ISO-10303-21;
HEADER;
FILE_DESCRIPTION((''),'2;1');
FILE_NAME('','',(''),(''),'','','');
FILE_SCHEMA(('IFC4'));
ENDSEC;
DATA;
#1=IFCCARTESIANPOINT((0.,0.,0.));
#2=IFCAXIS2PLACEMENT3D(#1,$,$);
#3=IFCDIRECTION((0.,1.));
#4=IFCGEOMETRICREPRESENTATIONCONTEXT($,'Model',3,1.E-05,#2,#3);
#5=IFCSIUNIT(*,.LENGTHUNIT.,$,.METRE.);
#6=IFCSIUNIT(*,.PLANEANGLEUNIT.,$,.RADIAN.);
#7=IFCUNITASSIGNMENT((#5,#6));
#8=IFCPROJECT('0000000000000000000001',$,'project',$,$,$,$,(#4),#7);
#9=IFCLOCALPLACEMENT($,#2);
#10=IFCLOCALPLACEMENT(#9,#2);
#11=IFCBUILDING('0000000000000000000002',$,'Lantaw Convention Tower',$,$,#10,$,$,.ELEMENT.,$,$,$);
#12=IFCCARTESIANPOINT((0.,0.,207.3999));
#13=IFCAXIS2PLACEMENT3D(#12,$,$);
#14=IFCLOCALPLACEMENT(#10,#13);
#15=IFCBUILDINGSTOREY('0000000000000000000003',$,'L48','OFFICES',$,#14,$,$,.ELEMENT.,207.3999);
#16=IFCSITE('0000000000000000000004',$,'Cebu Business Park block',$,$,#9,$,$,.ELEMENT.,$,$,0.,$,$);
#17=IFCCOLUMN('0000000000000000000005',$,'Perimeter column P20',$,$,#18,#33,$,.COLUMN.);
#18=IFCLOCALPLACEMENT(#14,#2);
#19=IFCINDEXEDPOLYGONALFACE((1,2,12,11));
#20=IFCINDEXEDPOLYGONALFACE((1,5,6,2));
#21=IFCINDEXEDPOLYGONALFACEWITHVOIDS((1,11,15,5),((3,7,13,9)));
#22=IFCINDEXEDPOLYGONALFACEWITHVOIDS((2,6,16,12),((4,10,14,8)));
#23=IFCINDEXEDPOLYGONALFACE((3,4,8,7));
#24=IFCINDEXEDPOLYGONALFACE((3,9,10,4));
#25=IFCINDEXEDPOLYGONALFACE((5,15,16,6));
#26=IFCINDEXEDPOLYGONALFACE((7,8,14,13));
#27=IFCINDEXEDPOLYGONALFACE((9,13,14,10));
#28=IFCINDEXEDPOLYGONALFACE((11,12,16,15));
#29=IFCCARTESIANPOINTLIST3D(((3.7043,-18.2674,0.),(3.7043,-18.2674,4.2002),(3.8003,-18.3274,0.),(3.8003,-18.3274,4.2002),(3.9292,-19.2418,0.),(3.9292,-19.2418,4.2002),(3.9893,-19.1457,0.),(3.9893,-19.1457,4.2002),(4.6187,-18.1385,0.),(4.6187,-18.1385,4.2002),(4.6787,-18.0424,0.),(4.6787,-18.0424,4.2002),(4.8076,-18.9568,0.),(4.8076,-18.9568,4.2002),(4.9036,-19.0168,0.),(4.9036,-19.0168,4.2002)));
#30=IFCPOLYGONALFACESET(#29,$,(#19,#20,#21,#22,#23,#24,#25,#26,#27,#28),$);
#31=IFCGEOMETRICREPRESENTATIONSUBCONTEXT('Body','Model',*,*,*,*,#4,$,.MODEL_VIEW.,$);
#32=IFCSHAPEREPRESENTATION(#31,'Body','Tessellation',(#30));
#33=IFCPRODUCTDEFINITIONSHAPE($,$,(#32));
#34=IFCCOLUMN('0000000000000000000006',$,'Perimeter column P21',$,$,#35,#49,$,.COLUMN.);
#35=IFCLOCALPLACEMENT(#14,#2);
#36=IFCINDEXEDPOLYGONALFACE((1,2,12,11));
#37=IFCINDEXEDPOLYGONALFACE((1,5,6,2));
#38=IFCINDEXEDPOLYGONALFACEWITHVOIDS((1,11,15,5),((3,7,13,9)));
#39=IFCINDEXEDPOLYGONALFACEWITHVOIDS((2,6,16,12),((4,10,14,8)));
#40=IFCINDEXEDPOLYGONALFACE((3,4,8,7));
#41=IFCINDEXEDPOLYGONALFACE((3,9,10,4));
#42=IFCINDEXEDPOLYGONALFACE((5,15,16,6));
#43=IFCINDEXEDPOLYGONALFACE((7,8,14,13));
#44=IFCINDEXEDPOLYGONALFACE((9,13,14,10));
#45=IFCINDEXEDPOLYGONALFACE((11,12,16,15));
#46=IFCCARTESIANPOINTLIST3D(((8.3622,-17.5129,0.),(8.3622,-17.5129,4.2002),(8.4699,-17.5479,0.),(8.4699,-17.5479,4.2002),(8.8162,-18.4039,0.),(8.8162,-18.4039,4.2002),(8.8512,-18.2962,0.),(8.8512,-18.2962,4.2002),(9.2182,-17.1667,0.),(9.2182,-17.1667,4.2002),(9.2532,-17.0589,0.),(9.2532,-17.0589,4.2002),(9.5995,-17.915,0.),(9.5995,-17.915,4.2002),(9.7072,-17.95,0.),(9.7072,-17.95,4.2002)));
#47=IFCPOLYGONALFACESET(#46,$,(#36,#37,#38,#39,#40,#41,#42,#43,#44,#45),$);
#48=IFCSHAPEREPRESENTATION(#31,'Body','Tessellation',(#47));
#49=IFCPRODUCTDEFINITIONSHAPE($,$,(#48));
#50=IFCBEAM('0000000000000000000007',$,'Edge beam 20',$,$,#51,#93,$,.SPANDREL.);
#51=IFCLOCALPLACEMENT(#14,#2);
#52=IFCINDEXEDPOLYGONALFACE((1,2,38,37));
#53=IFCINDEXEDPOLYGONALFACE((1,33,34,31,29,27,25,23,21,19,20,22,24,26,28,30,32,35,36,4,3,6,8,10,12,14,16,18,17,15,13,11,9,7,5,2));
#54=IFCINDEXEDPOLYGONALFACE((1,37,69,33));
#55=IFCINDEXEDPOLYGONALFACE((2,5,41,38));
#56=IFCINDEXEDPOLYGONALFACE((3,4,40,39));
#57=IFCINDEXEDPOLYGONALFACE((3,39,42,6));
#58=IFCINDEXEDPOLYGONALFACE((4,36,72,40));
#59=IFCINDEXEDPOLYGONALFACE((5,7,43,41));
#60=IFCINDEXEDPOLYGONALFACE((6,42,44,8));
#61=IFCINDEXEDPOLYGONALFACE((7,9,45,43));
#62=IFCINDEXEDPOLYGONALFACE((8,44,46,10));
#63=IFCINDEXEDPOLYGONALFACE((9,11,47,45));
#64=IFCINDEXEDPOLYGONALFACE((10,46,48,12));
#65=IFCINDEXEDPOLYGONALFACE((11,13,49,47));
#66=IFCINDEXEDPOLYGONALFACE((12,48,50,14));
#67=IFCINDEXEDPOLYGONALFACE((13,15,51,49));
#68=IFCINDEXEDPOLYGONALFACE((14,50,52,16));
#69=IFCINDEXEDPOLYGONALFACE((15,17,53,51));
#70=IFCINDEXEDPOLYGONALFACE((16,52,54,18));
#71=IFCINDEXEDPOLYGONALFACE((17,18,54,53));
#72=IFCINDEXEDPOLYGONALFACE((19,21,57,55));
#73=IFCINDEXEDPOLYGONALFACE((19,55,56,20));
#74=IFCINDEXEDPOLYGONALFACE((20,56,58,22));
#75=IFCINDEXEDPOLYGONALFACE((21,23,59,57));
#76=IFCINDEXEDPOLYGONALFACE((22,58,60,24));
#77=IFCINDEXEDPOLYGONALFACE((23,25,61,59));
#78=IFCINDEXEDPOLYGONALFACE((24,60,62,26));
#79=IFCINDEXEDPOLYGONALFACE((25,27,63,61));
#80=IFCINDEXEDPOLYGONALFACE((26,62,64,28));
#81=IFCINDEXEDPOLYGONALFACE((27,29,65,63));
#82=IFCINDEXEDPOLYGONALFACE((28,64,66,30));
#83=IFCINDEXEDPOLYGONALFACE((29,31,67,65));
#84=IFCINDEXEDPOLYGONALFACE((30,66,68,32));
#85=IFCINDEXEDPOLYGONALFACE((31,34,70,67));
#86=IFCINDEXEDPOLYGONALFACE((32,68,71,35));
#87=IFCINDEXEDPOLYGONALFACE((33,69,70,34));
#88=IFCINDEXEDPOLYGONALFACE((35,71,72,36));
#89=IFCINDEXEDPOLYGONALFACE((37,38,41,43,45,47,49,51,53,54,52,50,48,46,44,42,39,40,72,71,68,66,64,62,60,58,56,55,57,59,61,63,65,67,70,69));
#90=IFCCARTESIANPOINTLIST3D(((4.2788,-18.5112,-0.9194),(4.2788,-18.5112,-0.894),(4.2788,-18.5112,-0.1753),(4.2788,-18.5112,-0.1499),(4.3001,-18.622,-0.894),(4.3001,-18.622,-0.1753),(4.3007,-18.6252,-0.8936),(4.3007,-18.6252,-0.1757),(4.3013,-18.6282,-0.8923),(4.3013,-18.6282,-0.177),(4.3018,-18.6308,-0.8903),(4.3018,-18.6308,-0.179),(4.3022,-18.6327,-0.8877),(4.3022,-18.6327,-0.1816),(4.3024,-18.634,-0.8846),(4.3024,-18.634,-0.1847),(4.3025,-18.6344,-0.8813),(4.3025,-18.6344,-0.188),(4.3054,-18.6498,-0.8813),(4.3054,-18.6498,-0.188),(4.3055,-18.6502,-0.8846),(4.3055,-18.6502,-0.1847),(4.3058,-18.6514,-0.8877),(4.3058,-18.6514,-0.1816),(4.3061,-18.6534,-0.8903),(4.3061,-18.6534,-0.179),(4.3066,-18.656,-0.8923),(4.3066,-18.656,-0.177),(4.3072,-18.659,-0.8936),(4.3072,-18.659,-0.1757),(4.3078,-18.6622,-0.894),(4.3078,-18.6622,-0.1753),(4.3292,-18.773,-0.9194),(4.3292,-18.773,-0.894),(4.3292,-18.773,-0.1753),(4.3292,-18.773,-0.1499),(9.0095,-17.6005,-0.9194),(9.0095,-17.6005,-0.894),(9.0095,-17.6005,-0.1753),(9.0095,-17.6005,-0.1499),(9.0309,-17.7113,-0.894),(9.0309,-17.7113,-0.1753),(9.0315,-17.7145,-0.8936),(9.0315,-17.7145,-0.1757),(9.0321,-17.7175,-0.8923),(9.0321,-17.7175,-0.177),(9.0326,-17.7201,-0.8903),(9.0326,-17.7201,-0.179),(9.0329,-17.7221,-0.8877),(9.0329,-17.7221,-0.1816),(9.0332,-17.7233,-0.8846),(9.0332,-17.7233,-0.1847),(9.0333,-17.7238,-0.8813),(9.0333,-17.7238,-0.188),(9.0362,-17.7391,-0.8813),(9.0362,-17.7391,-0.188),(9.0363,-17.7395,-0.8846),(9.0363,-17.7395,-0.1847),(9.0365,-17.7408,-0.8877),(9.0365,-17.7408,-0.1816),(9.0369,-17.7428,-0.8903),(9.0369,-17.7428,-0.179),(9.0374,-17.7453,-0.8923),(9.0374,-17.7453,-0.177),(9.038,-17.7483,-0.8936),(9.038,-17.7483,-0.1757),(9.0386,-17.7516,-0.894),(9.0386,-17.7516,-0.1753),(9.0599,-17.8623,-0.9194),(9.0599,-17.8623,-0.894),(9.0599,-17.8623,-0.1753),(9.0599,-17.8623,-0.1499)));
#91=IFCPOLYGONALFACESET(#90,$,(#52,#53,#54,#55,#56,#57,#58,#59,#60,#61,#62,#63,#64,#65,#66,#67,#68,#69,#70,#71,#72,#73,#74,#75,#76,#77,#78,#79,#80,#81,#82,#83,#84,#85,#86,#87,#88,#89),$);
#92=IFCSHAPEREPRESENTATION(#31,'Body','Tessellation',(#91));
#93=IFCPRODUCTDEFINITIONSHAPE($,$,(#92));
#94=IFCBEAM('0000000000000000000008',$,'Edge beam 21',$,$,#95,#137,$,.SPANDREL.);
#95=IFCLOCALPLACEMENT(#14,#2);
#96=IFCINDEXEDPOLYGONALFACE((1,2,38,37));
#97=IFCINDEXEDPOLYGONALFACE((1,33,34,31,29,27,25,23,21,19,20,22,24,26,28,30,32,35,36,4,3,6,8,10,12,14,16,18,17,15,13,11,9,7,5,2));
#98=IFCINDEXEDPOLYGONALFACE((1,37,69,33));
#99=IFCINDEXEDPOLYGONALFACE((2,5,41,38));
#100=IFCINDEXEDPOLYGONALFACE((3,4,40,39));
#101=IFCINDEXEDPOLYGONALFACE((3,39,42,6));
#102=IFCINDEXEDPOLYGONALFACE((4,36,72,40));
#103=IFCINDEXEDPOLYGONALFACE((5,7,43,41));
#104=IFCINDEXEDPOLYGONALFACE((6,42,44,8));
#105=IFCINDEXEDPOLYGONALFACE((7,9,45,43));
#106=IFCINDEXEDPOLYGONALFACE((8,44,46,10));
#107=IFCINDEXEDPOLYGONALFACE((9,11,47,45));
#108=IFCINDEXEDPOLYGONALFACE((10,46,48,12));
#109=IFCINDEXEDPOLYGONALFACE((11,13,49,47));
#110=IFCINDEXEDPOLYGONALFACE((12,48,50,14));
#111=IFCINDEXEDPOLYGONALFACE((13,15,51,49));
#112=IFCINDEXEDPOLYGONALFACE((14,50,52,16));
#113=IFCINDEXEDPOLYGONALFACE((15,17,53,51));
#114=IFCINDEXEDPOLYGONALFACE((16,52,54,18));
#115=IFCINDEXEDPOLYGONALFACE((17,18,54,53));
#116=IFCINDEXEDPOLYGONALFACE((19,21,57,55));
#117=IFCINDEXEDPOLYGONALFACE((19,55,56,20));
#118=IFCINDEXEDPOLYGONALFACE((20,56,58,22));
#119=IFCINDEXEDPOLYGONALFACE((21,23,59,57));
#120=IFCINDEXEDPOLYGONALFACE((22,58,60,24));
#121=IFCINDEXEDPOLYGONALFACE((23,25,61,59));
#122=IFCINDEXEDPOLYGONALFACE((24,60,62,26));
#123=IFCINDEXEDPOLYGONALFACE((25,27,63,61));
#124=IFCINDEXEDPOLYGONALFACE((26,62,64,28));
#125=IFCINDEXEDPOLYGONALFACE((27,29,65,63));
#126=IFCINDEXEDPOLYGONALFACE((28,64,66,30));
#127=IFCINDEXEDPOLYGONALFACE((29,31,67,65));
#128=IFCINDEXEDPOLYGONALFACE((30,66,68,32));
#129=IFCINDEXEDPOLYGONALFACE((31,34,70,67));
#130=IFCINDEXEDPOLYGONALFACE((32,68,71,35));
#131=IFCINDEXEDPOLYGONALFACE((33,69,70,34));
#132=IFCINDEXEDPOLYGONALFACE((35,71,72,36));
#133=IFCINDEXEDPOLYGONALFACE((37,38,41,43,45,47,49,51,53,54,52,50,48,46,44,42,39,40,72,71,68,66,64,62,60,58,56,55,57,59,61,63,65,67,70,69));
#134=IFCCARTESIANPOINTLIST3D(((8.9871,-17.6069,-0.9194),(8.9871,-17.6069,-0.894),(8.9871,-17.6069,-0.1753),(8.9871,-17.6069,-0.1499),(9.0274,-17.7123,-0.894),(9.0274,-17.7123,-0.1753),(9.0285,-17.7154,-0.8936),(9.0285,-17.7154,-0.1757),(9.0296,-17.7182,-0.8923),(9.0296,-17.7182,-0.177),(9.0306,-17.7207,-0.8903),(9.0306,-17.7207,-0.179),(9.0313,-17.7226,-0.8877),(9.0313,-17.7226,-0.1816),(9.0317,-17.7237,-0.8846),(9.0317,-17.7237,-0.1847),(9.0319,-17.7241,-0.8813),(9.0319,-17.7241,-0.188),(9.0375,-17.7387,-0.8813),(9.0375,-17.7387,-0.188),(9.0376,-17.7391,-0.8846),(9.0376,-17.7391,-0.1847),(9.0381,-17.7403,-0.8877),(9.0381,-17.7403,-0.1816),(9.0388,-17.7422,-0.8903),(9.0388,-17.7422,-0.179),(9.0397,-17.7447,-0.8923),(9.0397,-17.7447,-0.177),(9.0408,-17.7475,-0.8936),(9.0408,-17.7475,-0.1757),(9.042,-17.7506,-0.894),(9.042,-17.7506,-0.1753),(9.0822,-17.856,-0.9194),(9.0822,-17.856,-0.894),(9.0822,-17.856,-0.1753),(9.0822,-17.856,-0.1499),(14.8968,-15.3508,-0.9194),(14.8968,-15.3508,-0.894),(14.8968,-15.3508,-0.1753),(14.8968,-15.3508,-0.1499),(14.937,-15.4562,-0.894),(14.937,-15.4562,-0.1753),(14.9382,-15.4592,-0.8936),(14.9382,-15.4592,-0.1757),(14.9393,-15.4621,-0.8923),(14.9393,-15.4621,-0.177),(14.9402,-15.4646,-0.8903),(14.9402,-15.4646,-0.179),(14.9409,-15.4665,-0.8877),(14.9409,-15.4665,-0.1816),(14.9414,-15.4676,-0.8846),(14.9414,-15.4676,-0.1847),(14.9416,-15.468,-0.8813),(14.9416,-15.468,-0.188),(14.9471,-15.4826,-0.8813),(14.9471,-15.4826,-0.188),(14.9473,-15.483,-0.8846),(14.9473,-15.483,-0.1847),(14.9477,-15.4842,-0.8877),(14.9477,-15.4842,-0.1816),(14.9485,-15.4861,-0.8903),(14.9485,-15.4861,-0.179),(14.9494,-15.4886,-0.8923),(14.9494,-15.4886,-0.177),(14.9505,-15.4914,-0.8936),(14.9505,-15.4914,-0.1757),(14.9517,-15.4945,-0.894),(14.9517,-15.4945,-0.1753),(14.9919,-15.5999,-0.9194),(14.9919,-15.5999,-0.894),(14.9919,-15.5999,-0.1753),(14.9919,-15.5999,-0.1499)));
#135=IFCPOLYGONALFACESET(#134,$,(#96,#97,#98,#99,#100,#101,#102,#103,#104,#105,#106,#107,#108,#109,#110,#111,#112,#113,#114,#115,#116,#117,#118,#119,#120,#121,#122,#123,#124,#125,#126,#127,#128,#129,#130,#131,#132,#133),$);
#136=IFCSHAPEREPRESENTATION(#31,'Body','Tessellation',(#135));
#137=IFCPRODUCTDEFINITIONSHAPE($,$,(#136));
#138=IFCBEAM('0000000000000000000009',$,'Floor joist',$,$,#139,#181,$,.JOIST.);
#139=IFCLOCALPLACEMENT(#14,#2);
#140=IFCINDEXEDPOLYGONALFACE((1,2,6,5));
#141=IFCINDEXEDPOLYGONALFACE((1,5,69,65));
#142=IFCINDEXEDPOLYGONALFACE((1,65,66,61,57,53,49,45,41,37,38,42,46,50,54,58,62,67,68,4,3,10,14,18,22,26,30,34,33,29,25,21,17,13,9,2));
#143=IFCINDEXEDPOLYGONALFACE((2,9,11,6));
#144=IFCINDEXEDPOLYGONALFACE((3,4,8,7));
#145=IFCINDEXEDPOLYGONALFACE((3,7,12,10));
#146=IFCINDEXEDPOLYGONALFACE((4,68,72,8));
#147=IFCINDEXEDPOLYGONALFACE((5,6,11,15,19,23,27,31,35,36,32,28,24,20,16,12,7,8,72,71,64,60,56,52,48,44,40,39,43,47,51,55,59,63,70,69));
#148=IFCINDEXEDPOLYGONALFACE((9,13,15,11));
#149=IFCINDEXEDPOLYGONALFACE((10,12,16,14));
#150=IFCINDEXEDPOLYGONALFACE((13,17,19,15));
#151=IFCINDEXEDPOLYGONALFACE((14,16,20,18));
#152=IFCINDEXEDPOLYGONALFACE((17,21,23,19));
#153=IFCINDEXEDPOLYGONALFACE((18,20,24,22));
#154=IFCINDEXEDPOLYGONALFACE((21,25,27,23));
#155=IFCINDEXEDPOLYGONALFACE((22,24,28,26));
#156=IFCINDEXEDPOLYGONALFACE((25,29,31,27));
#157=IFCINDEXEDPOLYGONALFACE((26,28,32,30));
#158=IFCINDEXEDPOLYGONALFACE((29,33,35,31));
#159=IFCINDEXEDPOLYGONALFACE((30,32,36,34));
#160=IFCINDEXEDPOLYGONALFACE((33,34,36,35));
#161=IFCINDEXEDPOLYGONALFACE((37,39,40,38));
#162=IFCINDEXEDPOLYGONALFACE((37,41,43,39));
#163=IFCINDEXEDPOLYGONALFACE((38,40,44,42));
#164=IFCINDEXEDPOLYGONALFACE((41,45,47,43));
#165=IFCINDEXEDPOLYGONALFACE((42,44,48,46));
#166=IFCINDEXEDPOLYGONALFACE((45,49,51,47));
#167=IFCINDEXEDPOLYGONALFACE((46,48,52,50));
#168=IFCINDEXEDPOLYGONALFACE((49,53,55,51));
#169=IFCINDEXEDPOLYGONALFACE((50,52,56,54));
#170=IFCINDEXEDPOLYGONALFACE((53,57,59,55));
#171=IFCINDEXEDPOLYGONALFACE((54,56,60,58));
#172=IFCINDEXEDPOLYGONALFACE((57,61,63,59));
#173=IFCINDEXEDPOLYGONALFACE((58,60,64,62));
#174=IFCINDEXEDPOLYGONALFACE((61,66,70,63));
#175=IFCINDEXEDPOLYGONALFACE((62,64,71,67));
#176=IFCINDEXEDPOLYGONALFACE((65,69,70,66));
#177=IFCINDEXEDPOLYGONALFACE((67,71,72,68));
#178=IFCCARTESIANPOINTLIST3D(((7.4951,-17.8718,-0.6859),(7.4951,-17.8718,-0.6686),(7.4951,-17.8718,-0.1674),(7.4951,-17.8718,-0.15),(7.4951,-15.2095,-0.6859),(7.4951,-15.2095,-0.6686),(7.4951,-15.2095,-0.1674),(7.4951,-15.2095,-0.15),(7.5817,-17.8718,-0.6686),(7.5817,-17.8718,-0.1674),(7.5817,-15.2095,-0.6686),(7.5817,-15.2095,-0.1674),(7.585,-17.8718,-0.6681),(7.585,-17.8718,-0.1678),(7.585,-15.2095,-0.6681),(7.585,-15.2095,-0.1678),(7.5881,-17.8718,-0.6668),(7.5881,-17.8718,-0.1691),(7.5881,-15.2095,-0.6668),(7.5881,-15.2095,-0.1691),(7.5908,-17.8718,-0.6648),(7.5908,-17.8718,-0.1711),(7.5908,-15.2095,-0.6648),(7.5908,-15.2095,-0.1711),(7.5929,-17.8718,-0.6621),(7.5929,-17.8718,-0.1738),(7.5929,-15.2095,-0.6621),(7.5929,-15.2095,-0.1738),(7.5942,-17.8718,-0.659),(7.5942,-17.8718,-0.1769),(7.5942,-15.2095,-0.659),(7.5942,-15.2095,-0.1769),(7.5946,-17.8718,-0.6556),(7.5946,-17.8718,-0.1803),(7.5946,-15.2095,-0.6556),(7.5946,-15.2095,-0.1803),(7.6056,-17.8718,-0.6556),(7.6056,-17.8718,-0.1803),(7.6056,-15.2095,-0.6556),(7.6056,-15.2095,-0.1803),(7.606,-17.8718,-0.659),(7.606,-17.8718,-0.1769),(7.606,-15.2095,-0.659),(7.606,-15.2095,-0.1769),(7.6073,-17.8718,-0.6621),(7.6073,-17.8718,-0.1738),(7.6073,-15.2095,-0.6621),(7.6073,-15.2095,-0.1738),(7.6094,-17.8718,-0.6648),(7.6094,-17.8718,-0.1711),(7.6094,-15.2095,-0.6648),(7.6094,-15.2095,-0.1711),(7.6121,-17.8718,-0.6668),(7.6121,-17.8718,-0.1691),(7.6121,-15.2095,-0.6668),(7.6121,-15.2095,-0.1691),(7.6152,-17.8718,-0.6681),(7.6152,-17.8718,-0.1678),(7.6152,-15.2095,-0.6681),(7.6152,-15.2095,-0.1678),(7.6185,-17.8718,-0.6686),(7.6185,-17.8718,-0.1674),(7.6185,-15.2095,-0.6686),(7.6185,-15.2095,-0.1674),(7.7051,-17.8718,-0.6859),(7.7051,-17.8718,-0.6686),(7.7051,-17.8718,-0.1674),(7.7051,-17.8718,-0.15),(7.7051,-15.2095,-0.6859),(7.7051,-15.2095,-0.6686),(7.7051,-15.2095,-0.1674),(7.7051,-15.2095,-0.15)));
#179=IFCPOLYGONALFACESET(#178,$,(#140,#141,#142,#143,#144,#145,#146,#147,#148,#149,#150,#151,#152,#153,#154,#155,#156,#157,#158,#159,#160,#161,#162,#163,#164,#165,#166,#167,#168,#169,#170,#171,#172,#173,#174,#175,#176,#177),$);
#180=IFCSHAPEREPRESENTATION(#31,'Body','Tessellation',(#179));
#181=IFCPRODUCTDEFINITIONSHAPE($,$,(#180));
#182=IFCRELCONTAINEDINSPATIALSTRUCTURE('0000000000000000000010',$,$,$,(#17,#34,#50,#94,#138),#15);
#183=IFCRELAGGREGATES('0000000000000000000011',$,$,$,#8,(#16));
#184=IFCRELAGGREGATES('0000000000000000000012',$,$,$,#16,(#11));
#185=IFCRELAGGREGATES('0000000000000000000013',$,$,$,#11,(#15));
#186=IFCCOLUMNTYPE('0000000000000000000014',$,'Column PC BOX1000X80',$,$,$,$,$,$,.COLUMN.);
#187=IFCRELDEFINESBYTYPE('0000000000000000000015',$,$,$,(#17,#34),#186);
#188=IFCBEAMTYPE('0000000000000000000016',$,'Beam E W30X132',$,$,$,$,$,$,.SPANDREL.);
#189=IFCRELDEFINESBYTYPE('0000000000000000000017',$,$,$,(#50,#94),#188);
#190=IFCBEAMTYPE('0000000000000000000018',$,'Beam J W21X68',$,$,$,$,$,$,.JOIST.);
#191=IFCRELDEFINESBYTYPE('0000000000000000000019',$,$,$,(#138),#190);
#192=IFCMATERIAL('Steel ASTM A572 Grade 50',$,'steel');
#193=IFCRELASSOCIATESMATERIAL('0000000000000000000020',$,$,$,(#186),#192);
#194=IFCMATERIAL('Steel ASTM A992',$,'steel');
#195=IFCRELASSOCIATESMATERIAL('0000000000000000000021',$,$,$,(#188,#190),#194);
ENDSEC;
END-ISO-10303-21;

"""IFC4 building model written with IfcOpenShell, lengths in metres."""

from ifc_helpers import new_model, si_unit, direction, frame, origin, origin_2d, place, context, subcontext, project, spatial, rectangle, hollow_rectangle, i_section, extrude, material, material_profile, profile_set, type_object, element, save


model = new_model("IFC4")

# Units and contexts
model_context = context("Model", 3, precision=1e-05, world=origin(), true_north=direction((0.0, 1.0)))
body_context = subcontext(model_context, "Body", "Model", "MODEL_VIEW")
ifc_project = project(units=[si_unit("LENGTHUNIT", "METRE"), si_unit("PLANEANGLEUNIT", "RADIAN")], contexts=[model_context])

# Site, building, storey
site_placement = place(None, origin())
site = spatial("IfcSite", under=ifc_project, at=site_placement, Name="Cebu Business Park block", CompositionType="ELEMENT", RefElevation=0.0)
building_placement = place(site_placement, origin())
building = spatial("IfcBuilding", under=site, at=building_placement, Name="Lantaw Convention Tower", CompositionType="ELEMENT")
storey_placement = place(building_placement, frame((0.0, 0.0, 207.3999)))
storey = spatial("IfcBuildingStorey", under=building, at=storey_placement, Name="L48", Description="OFFICES", CompositionType="ELEMENT", Elevation=207.3999)

# Columns
ifc_material_1 = material(Name="Steel ASTM A572 Grade 50", Category="steel")
ifc_material_profile_1 = material_profile(ifc_material_1, hollow_rectangle(XDim=1.0, YDim=1.0, WallThickness=0.0801, at=origin_2d()), Name="BOX1000X80")
ifc_material_2 = material(Name="Concrete C60/75", Category="concrete")
ifc_material_profile_2 = material_profile(ifc_material_2, rectangle(XDim=0.8401, YDim=0.8401, at=origin_2d()), Name="Concrete fill of BOX1000X80")
ifc_profile_set_1 = profile_set([ifc_material_profile_1, ifc_material_profile_2], Name="Steel ASTM A572 Grade 50")
column_type = type_object("IfcColumnType", Name="Column PC BOX1000X80", PredefinedType="COLUMN", material=ifc_profile_set_1)
for number, where, z_axis, x_axis, name in (
    (1, (4.304, -18.6421, 0.0), (0.0, 0.0, 1.0), (0.97437, 0.224951, 0.0), "Perimeter column P20"),
    (2, (9.0347, -17.7314, 0.0), (0.0, 0.0, 1.0), (0.891007, 0.45399, 0.0), "Perimeter column P21"),
):
    element("IfcColumn", number, at=place(storey_placement, frame(where, z_axis=z_axis, x_axis=x_axis)), inside=storey, type_object=column_type, Name=name, PredefinedType="COLUMN", context=body_context, shape_type="SweptSolid", body=[
        extrude(hollow_rectangle(XDim=1.0, YDim=1.0, WallThickness=0.0801, at=origin_2d()), origin(), (0.0, 0.0, 1.0), 4.2002),
    ])

# Beams
ifc_material_3 = material(Name="Steel ASTM A992", Category="steel")
ifc_material_profile_3 = material_profile(ifc_material_3, i_section(OverallWidth=0.2666, OverallDepth=0.7695, WebThickness=0.0156, FlangeThickness=0.0254, FilletRadius=0.0127, at=origin_2d()), Name="W30X132")
ifc_profile_set_2 = profile_set([ifc_material_profile_3], Name="Steel ASTM A992")
beam_type_1 = type_object("IfcBeamType", Name="Beam E W30X132", PredefinedType="SPANDREL", material=ifc_profile_set_2)
beam_1_placement = place(storey_placement, frame((4.304, -18.6421, -0.5347), z_axis=(0.981972, 0.189026, 0.0), x_axis=(-0.189026, 0.981972, 0.0)))
element("IfcBeam", 3, at=beam_1_placement, inside=storey, type_object=beam_type_1, Name="Edge beam 20", PredefinedType="SPANDREL", context=body_context, shape_type="SweptSolid", body=[
    extrude(i_section(OverallWidth=0.2666, OverallDepth=0.7695, WebThickness=0.0156, FlangeThickness=0.0254, FilletRadius=0.0127, at=origin_2d()), origin(), (0.0, 0.0, 1.0), 4.8176),
])
beam_2_placement = place(storey_placement, frame((9.0347, -17.7314, -0.5347), z_axis=(0.934235, 0.356658, 0.0), x_axis=(-0.356658, 0.934235, 0.0)))
element("IfcBeam", 4, at=beam_2_placement, inside=storey, type_object=beam_type_1, Name="Edge beam 21", PredefinedType="SPANDREL", context=body_context, shape_type="SweptSolid", body=[
    extrude(i_section(OverallWidth=0.2666, OverallDepth=0.7695, WebThickness=0.0156, FlangeThickness=0.0254, FilletRadius=0.0127, at=origin_2d()), origin(), (0.0, 0.0, 1.0), 6.3257),
])
ifc_material_profile_4 = material_profile(ifc_material_3, i_section(OverallWidth=0.21, OverallDepth=0.5359, WebThickness=0.011, FlangeThickness=0.0173, FilletRadius=0.0129, at=origin_2d()), Name="W21X68")
ifc_profile_set_3 = profile_set([ifc_material_profile_4], Name="Steel ASTM A992")
beam_type_2 = type_object("IfcBeamType", Name="Beam J W21X68", PredefinedType="JOIST", material=ifc_profile_set_3)
beam_3_placement = place(storey_placement, frame((7.6001, -17.8718, -0.418), z_axis=(0.0, 1.0, 0.0), x_axis=(-1.0, 0.0, 0.0)))
element("IfcBeam", 5, at=beam_3_placement, inside=storey, type_object=beam_type_2, Name="Floor joist", PredefinedType="JOIST", context=body_context, shape_type="SweptSolid", body=[
    extrude(i_section(OverallWidth=0.21, OverallDepth=0.5359, WebThickness=0.011, FlangeThickness=0.0173, FilletRadius=0.0129, at=origin_2d()), origin(), (0.0, 0.0, 1.0), 2.6624),
])

save(model, "model.ifc")
